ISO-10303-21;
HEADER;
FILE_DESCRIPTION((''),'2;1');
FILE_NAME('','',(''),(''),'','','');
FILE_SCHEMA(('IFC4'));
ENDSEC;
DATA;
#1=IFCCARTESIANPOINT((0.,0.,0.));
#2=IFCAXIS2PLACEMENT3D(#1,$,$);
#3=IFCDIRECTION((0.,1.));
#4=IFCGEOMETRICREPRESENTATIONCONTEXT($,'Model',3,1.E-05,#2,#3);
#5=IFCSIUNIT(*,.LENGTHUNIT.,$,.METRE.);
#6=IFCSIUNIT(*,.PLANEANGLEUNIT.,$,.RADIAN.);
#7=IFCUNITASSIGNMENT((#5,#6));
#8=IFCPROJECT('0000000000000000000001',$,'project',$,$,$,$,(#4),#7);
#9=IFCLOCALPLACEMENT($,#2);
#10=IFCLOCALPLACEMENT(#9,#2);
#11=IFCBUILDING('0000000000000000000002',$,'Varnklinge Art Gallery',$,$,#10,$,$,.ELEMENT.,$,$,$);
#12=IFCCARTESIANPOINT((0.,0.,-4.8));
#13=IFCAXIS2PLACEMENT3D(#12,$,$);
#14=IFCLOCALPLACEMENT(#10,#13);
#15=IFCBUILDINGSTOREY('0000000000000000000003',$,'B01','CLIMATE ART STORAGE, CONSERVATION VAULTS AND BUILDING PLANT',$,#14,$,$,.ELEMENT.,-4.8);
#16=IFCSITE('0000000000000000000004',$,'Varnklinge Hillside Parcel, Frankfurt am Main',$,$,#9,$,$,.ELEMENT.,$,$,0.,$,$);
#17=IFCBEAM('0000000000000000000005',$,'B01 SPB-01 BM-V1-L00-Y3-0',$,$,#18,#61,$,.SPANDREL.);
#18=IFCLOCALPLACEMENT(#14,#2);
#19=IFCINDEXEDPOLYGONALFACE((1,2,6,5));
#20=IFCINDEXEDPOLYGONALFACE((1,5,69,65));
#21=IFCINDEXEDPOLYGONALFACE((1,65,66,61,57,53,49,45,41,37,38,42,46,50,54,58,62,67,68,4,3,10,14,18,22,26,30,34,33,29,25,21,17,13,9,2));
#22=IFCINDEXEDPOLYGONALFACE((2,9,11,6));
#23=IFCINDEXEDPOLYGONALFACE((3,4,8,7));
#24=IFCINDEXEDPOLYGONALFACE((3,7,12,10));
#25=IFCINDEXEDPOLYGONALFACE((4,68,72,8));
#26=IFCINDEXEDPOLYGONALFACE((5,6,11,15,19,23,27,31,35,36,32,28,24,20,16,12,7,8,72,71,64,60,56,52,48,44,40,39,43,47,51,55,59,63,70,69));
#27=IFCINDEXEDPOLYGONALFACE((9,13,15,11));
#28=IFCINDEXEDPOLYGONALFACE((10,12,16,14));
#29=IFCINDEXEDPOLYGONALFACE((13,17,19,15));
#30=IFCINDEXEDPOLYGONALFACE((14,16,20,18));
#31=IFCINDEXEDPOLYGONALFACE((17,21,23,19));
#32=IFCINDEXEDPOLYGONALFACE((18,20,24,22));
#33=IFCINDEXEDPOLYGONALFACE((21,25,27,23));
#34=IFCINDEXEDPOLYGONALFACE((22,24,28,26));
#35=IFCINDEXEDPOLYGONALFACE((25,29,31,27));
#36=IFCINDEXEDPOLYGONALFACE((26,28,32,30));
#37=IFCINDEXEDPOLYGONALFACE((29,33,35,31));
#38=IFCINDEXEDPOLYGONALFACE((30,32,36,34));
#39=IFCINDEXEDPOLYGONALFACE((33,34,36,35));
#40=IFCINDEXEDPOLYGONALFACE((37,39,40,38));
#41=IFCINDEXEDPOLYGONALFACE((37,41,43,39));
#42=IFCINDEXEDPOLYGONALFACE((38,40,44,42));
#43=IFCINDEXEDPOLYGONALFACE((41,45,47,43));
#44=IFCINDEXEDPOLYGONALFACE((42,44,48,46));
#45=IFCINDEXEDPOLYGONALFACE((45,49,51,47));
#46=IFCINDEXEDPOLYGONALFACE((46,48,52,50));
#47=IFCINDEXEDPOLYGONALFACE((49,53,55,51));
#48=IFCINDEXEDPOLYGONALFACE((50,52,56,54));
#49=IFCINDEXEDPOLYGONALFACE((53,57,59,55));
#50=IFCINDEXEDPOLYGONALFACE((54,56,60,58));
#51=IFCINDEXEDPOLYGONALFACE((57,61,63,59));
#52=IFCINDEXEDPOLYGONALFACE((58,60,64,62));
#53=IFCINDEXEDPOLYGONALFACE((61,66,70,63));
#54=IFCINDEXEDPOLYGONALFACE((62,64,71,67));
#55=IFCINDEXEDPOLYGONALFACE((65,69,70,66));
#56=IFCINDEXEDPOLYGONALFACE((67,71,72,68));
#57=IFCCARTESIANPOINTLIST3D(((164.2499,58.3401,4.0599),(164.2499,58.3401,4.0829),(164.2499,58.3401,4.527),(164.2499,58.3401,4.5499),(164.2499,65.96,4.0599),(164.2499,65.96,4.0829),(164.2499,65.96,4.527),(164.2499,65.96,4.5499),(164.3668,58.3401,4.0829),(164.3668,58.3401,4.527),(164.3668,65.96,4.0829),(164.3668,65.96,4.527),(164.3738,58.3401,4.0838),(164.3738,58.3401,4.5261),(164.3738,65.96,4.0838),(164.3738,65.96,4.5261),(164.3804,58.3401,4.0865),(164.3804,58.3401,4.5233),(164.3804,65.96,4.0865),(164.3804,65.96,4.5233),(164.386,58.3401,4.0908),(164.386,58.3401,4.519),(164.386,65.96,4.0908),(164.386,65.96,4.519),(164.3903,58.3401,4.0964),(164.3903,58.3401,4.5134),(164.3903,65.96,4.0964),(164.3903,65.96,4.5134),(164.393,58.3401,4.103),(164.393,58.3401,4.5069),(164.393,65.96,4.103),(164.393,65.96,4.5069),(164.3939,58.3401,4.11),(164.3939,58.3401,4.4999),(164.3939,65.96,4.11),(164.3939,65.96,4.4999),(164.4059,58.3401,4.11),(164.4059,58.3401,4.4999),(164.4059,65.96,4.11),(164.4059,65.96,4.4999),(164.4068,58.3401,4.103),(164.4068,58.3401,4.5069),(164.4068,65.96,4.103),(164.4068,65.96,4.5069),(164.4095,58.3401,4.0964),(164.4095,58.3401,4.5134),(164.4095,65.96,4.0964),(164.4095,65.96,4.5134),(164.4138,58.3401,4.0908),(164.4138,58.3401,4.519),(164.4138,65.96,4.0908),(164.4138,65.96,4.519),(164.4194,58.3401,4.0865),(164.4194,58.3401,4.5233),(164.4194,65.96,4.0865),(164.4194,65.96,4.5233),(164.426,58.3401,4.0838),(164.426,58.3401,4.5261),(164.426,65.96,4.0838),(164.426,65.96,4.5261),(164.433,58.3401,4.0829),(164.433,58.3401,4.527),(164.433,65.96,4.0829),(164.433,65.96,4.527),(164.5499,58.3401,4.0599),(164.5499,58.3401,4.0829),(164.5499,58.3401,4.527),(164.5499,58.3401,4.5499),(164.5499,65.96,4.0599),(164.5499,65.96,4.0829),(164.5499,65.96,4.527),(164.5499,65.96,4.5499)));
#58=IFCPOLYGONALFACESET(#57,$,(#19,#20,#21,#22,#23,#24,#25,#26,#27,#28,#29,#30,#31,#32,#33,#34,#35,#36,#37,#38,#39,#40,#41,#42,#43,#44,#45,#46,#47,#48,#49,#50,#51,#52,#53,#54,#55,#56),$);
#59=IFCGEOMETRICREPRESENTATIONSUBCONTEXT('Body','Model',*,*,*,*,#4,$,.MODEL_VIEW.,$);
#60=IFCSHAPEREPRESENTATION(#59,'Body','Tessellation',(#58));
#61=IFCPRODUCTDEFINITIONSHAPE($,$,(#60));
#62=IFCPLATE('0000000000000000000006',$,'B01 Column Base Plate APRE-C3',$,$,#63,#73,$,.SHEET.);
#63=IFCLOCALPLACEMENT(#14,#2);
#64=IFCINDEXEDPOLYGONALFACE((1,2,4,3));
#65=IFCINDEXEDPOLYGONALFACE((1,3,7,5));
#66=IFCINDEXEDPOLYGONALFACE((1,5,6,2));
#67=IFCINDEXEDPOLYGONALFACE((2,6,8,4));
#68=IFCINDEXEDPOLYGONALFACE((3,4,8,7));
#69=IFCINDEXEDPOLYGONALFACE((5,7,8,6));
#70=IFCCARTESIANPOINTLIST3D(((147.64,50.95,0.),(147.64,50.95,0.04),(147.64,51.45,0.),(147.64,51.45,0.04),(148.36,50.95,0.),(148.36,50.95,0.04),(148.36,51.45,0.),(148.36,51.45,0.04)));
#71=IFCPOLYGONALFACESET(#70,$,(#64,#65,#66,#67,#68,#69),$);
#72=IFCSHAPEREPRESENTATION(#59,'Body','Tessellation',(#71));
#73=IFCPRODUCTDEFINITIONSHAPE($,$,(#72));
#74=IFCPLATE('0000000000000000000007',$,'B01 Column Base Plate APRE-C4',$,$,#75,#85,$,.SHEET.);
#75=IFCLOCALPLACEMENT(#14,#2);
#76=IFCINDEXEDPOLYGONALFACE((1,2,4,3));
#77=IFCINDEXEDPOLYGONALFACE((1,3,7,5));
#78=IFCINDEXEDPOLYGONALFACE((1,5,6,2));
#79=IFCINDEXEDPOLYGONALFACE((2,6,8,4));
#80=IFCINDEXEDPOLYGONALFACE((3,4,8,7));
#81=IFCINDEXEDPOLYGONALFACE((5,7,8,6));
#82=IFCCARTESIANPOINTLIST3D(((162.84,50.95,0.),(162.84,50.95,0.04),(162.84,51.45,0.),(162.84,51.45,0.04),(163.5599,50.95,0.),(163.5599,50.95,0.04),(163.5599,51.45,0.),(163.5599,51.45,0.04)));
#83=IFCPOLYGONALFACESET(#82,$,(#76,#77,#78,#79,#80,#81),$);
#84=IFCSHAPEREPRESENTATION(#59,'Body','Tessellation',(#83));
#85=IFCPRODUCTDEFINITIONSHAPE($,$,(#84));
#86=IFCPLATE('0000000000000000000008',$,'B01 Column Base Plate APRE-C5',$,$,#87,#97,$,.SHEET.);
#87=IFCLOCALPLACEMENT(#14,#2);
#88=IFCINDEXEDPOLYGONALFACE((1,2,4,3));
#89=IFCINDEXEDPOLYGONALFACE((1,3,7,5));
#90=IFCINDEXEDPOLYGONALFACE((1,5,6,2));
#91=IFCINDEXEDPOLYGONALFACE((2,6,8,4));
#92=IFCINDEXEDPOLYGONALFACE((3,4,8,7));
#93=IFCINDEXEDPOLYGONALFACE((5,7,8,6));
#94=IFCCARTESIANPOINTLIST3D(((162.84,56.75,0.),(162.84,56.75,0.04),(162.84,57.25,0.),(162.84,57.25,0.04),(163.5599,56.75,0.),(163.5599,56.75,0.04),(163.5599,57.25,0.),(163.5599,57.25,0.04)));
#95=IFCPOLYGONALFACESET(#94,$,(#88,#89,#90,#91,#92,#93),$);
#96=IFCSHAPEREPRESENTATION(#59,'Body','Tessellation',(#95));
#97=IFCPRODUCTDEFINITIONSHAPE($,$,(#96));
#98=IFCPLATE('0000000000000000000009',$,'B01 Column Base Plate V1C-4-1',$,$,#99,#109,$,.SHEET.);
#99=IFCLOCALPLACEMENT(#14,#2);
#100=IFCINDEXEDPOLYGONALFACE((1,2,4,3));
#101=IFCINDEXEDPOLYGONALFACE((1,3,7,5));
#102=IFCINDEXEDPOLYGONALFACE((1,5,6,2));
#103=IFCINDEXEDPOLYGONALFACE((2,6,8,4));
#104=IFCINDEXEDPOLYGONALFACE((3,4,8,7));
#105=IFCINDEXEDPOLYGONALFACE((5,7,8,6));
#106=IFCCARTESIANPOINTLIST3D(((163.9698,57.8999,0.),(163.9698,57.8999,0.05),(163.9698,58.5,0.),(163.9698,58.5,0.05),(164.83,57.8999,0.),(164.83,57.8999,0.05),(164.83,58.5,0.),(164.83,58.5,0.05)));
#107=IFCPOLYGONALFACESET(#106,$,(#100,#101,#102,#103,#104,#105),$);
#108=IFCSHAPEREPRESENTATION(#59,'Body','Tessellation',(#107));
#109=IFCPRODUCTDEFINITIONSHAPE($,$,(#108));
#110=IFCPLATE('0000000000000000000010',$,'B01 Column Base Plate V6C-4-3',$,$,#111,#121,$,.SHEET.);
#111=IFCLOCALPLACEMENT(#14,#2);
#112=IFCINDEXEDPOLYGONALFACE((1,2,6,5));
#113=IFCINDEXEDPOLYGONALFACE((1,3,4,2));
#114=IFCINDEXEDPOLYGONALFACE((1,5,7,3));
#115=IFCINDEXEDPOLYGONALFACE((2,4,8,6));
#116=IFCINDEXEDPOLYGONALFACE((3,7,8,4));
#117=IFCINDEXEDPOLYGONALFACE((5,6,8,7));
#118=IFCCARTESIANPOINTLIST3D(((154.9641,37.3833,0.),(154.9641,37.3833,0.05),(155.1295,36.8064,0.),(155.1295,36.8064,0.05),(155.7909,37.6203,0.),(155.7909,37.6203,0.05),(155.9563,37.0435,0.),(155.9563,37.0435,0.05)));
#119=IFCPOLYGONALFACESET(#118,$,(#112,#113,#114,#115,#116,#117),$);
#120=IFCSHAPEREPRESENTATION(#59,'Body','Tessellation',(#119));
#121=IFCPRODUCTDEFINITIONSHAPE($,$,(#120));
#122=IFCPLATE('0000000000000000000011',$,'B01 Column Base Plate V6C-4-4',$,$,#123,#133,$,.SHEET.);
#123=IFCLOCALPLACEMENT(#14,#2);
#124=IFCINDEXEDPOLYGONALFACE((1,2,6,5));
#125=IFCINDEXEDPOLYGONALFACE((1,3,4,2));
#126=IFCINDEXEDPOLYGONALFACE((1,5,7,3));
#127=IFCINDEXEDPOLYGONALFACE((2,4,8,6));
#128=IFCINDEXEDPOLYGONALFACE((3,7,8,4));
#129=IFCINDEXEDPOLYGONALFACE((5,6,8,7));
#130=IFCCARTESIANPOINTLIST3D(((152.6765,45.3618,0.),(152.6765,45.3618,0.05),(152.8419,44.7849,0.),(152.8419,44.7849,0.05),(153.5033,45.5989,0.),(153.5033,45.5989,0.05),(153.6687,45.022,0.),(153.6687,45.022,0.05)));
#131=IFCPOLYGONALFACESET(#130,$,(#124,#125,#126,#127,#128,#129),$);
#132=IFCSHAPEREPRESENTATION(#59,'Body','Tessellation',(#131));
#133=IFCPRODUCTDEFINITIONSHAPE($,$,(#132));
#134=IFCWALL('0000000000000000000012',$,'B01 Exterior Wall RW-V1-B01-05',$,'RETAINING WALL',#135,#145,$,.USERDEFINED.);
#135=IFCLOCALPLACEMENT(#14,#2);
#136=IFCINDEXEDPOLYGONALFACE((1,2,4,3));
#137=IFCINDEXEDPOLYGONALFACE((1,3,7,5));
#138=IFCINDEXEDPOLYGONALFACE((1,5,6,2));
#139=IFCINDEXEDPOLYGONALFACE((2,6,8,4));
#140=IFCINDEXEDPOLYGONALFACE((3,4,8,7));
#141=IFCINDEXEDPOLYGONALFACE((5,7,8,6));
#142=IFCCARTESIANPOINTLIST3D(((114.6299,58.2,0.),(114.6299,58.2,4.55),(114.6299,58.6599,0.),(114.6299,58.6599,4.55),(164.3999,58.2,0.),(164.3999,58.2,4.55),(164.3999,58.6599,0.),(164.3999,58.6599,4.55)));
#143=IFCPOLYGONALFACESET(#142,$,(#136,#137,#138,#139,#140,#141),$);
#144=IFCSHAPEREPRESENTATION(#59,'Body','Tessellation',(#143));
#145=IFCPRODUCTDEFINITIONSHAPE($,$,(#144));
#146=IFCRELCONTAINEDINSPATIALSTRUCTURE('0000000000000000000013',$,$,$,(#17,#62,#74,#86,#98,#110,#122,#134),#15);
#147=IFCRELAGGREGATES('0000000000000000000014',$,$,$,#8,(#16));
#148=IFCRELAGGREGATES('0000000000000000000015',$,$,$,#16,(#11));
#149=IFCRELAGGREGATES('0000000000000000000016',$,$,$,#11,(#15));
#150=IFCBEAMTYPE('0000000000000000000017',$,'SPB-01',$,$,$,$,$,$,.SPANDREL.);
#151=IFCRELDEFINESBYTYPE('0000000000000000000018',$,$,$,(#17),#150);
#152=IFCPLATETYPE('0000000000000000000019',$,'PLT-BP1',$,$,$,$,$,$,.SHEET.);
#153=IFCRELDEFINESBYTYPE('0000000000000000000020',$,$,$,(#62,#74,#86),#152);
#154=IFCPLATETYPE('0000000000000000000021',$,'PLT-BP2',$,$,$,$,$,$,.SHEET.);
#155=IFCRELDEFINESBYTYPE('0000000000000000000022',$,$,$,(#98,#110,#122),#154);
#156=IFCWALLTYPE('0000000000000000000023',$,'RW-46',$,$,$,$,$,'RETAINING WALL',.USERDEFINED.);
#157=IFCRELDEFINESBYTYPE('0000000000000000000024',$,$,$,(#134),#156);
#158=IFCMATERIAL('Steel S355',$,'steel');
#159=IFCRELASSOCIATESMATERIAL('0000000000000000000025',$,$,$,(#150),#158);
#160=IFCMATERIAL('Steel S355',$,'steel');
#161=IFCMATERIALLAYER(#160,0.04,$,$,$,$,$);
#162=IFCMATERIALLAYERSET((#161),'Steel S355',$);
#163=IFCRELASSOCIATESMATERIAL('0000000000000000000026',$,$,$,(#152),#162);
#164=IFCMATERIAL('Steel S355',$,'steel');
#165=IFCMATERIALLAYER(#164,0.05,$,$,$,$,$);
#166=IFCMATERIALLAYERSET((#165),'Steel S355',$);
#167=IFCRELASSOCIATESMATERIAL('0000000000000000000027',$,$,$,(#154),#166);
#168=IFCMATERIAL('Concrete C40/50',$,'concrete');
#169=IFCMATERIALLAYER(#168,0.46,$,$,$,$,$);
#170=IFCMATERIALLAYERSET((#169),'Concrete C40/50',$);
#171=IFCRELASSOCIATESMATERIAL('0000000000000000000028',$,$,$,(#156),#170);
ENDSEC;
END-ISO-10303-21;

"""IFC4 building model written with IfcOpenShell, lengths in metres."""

from ifc_helpers import new_model, si_unit, direction, frame, frame_2d, origin, origin_2d, place, context, subcontext, project, spatial, rectangle, i_section, extrude, material, layer, layer_set, material_profile, profile_set, type_object, element, save


model = new_model("IFC4")

# Units and contexts
model_context = context("Model", 3, precision=1e-05, world=origin(), true_north=direction((0.0, 1.0)))
body_context = subcontext(model_context, "Body", "Model", "MODEL_VIEW")
ifc_project = project(units=[si_unit("LENGTHUNIT", "METRE"), si_unit("PLANEANGLEUNIT", "RADIAN")], contexts=[model_context])

# Site, building, storey
site_placement = place(None, origin())
site = spatial("IfcSite", under=ifc_project, at=site_placement, Name="Varnklinge Hillside Parcel, Frankfurt am Main", CompositionType="ELEMENT", RefElevation=0.0)
building_placement = place(site_placement, origin())
building = spatial("IfcBuilding", under=site, at=building_placement, Name="Varnklinge Art Gallery", CompositionType="ELEMENT")
storey_placement = place(building_placement, frame((0.0, 0.0, -4.8)))
storey = spatial("IfcBuildingStorey", under=building, at=storey_placement, Name="B01", Description="CLIMATE ART STORAGE, CONSERVATION VAULTS AND BUILDING PLANT", CompositionType="ELEMENT", Elevation=-4.8)

# Beam
ifc_material_1 = material(Name="Steel S355", Category="steel")
ifc_material_profile_1 = material_profile(ifc_material_1, i_section(OverallWidth=0.3, OverallDepth=0.49, WebThickness=0.012, FlangeThickness=0.0229, FilletRadius=0.0271, at=origin_2d()), Name="HEA 500")
ifc_profile_set_1 = profile_set([ifc_material_profile_1], Name="Steel S355")
beam_type_1 = type_object("IfcBeamType", Name="SPB-01", PredefinedType="SPANDREL", material=ifc_profile_set_1)
beam_1_placement = place(storey_placement, frame((164.3999, 58.3401, 4.3049), z_axis=(0.0, 1.0, 0.0), x_axis=(-1.0, 0.0, 0.0)))
element("IfcBeam", 1, at=beam_1_placement, inside=storey, type_object=beam_type_1, Name="B01 SPB-01 BM-V1-L00-Y3-0", PredefinedType="SPANDREL", context=body_context, shape_type="SweptSolid", body=[
    extrude(i_section(OverallWidth=0.3, OverallDepth=0.49, WebThickness=0.012, FlangeThickness=0.0229, FilletRadius=0.0271, at=origin_2d()), origin(), (0.0, 0.0, 1.0), 7.6199),
])

# Plates
ifc_material_2 = material(Name="Steel S355", Category="steel")
ifc_layer_1 = layer(ifc_material_2, 0.04)
ifc_layer_set_1 = layer_set([ifc_layer_1], Name="Steel S355")
plate_type_1 = type_object("IfcPlateType", Name="PLT-BP1", PredefinedType="SHEET", material=ifc_layer_set_1)
for number, where, z_axis, x_axis, name in (
    (2, (148.0, 51.2, 0.0), (0.0, 0.0, 1.0), (1.0, 0.0, 0.0), "B01 Column Base Plate APRE-C3"),
    (3, (163.2, 51.2, 0.0), (0.0, 0.0, 1.0), (1.0, 0.0, 0.0), "B01 Column Base Plate APRE-C4"),
    (4, (163.2, 57.0, 0.0), (0.0, 0.0, 1.0), (1.0, 0.0, 0.0), "B01 Column Base Plate APRE-C5"),
):
    element("IfcPlate", number, at=place(storey_placement, frame(where, z_axis=z_axis, x_axis=x_axis)), inside=storey, type_object=plate_type_1, Name=name, PredefinedType="SHEET", context=body_context, shape_type="SweptSolid", body=[
        extrude(rectangle(XDim=0.72, YDim=0.5, at=origin_2d()), origin(), (0.0, 0.0, 1.0), 0.04),
    ])
ifc_material_3 = material(Name="Steel S355", Category="steel")
ifc_layer_2 = layer(ifc_material_3, 0.05)
ifc_layer_set_2 = layer_set([ifc_layer_2], Name="Steel S355")
plate_type_2 = type_object("IfcPlateType", Name="PLT-BP2", PredefinedType="SHEET", material=ifc_layer_set_2)
for number, where, z_axis, x_axis, name in (
    (5, (164.3999, 58.2, 0.0), (0.0, 0.0, 1.0), (1.0, 0.0, 0.0), "B01 Column Base Plate V1C-4-1"),
    (6, (155.4602, 37.2134, 0.0), (0.0, 0.0, 1.0), (0.961262, 0.275637, 0.0), "B01 Column Base Plate V6C-4-3"),
    (7, (153.1726, 45.1919, 0.0), (0.0, 0.0, 1.0), (0.961262, 0.275637, 0.0), "B01 Column Base Plate V6C-4-4"),
):
    element("IfcPlate", number, at=place(storey_placement, frame(where, z_axis=z_axis, x_axis=x_axis)), inside=storey, type_object=plate_type_2, Name=name, PredefinedType="SHEET", context=body_context, shape_type="SweptSolid", body=[
        extrude(rectangle(XDim=0.8601, YDim=0.6001, at=origin_2d()), origin(), (0.0, 0.0, 1.0), 0.05),
    ])

# Wall
ifc_material_4 = material(Name="Concrete C40/50", Category="concrete")
ifc_layer_3 = layer(ifc_material_4, 0.46)
ifc_layer_set_3 = layer_set([ifc_layer_3], Name="Concrete C40/50")
wall_type = type_object("IfcWallType", Name="RW-46", ElementType="RETAINING WALL", PredefinedType="USERDEFINED", material=ifc_layer_set_3)
wall_placement = place(storey_placement, frame((164.3999, 58.4299, 0.0), z_axis=(0.0, 0.0, 1.0), x_axis=(-1.0, 0.0, 0.0)))
element("IfcWall", 8, at=wall_placement, inside=storey, type_object=wall_type, Name="B01 Exterior Wall RW-V1-B01-05", ObjectType="RETAINING WALL", PredefinedType="USERDEFINED", context=body_context, shape_type="SweptSolid", body=[
    extrude(rectangle(XDim=49.77, YDim=0.46, at=frame_2d((24.885, 0.0))), origin(), (0.0, 0.0, 1.0), 4.55),
])

save(model, "model.ifc")
